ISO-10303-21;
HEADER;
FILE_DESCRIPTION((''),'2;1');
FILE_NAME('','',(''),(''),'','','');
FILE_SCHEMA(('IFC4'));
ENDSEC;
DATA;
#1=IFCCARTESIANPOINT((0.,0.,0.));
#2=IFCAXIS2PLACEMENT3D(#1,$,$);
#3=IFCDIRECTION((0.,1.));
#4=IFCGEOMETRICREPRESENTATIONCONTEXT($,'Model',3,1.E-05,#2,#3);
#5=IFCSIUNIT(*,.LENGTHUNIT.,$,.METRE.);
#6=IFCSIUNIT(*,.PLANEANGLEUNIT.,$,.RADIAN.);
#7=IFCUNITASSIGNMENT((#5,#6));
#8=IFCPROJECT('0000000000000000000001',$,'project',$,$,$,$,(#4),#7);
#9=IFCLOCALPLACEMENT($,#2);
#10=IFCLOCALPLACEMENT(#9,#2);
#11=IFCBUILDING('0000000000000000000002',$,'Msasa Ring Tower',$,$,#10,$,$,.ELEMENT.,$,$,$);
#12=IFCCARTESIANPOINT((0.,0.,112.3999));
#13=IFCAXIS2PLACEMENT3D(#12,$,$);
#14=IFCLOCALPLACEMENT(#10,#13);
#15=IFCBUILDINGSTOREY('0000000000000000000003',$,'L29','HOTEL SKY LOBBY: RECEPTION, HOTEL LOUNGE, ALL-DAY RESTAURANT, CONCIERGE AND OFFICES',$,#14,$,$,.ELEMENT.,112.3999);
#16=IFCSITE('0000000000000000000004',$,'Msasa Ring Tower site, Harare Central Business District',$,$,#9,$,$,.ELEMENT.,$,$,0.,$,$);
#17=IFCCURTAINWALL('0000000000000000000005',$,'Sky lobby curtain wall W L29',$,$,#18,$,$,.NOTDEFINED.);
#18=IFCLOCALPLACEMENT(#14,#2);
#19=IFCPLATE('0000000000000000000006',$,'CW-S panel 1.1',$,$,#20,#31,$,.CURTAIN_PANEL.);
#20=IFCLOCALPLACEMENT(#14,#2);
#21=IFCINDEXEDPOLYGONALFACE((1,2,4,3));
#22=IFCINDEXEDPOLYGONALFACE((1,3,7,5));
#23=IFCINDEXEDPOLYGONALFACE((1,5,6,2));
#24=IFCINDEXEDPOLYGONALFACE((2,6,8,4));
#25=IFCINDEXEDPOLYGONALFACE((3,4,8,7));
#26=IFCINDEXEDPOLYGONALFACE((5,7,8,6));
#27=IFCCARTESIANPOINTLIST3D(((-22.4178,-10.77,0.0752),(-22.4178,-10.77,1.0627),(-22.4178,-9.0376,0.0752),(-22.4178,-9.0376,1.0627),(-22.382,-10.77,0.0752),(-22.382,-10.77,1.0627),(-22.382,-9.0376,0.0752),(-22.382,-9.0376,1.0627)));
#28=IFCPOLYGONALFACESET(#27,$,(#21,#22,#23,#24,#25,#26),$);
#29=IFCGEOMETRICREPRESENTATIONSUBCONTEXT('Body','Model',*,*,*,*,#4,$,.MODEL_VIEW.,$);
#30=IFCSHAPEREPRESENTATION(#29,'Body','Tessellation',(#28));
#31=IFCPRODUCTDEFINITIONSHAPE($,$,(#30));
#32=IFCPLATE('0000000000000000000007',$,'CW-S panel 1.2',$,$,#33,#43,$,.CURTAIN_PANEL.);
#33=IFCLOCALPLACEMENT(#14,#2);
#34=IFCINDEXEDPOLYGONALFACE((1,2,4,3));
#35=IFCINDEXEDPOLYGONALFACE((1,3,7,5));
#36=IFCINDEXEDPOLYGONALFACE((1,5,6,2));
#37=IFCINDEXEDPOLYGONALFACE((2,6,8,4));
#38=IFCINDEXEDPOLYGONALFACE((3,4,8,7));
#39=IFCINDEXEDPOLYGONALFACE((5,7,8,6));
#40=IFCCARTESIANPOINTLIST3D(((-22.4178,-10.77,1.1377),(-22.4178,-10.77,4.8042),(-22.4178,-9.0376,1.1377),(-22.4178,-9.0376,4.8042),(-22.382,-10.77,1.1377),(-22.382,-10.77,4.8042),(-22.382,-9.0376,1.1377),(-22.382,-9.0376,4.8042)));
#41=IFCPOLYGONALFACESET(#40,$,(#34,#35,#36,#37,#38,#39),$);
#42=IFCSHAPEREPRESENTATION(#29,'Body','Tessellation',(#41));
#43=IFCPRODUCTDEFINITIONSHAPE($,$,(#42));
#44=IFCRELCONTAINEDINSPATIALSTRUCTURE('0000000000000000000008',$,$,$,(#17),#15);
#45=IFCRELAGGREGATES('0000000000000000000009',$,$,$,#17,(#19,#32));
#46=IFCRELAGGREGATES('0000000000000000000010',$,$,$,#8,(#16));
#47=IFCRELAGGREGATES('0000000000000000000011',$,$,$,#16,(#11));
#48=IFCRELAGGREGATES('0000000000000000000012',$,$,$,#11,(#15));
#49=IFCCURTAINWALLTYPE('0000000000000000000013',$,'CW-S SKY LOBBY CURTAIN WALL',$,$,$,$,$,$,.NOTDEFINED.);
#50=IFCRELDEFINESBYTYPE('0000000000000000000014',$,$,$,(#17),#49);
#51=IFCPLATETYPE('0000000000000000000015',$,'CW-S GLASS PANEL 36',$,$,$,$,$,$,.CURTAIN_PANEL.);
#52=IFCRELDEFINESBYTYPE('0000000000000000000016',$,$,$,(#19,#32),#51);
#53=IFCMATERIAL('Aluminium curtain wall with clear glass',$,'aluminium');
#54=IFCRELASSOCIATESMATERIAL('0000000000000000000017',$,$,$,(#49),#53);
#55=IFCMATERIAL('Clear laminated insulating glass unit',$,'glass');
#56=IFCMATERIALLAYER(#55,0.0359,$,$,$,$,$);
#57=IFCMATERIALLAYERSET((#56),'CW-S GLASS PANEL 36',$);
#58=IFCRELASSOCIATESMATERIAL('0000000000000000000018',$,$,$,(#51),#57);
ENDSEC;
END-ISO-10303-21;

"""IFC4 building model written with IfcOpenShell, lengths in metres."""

from ifc_helpers import new_model, si_unit, direction, frame, origin, origin_2d, place, context, subcontext, project, spatial, rectangle, extrude, material, layer, layer_set, type_object, element, aggregate, save


model = new_model("IFC4")

# Units and contexts
model_context = context("Model", 3, precision=1e-05, world=origin(), true_north=direction((0.0, 1.0)))
body_context = subcontext(model_context, "Body", "Model", "MODEL_VIEW")
ifc_project = project(units=[si_unit("LENGTHUNIT", "METRE"), si_unit("PLANEANGLEUNIT", "RADIAN")], contexts=[model_context])

# Site, building, storey
site_placement = place(None, origin())
site = spatial("IfcSite", under=ifc_project, at=site_placement, Name="Msasa Ring Tower site, Harare Central Business District", CompositionType="ELEMENT", RefElevation=0.0)
building_placement = place(site_placement, origin())
building = spatial("IfcBuilding", under=site, at=building_placement, Name="Msasa Ring Tower", CompositionType="ELEMENT")
storey_placement = place(building_placement, frame((0.0, 0.0, 112.3999)))
storey = spatial("IfcBuildingStorey", under=building, at=storey_placement, Name="L29", Description="HOTEL SKY LOBBY: RECEPTION, HOTEL LOUNGE, ALL-DAY RESTAURANT, CONCIERGE AND OFFICES", CompositionType="ELEMENT", Elevation=112.3999)

# Curtain wall
ifc_material_1 = material(Name="Aluminium curtain wall with clear glass", Category="aluminium")
curtain_wall_type = type_object("IfcCurtainWallType", Name="CW-S SKY LOBBY CURTAIN WALL", PredefinedType="NOTDEFINED", material=ifc_material_1)
curtain_wall_placement = place(storey_placement, origin())
curtain_wall = element("IfcCurtainWall", 1, at=curtain_wall_placement, inside=storey, type_object=curtain_wall_type, Name="Sky lobby curtain wall W L29", PredefinedType="NOTDEFINED")

# Plates
ifc_material_2 = material(Name="Clear laminated insulating glass unit", Category="glass")
ifc_layer = layer(ifc_material_2, 0.0359)
ifc_layer_set = layer_set([ifc_layer], Name="CW-S GLASS PANEL 36")
plate_type = type_object("IfcPlateType", Name="CW-S GLASS PANEL 36", PredefinedType="CURTAIN_PANEL", material=ifc_layer_set)
plate_1_placement = place(storey_placement, frame((-22.3999, -9.9038, 0.0752), z_axis=(0.0, 0.0, 1.0), x_axis=(0.0, 1.0, 0.0)))
plate_1 = element("IfcPlate", 2, at=plate_1_placement, type_object=plate_type, Name="CW-S panel 1.1", PredefinedType="CURTAIN_PANEL", context=body_context, shape_type="SweptSolid", body=[
    extrude(rectangle(XDim=1.7324, YDim=0.0359, at=origin_2d()), origin(), (0.0, 0.0, 1.0), 0.9875),
])
plate_2_placement = place(storey_placement, frame((-22.3999, -9.9038, 1.1377), z_axis=(0.0, 0.0, 1.0), x_axis=(0.0, 1.0, 0.0)))
plate_2 = element("IfcPlate", 3, at=plate_2_placement, type_object=plate_type, Name="CW-S panel 1.2", PredefinedType="CURTAIN_PANEL", context=body_context, shape_type="SweptSolid", body=[
    extrude(rectangle(XDim=1.7324, YDim=0.0359, at=origin_2d()), origin(), (0.0, 0.0, 1.0), 3.6665),
])
aggregate(curtain_wall, [plate_1, plate_2])

save(model, "model.ifc")
